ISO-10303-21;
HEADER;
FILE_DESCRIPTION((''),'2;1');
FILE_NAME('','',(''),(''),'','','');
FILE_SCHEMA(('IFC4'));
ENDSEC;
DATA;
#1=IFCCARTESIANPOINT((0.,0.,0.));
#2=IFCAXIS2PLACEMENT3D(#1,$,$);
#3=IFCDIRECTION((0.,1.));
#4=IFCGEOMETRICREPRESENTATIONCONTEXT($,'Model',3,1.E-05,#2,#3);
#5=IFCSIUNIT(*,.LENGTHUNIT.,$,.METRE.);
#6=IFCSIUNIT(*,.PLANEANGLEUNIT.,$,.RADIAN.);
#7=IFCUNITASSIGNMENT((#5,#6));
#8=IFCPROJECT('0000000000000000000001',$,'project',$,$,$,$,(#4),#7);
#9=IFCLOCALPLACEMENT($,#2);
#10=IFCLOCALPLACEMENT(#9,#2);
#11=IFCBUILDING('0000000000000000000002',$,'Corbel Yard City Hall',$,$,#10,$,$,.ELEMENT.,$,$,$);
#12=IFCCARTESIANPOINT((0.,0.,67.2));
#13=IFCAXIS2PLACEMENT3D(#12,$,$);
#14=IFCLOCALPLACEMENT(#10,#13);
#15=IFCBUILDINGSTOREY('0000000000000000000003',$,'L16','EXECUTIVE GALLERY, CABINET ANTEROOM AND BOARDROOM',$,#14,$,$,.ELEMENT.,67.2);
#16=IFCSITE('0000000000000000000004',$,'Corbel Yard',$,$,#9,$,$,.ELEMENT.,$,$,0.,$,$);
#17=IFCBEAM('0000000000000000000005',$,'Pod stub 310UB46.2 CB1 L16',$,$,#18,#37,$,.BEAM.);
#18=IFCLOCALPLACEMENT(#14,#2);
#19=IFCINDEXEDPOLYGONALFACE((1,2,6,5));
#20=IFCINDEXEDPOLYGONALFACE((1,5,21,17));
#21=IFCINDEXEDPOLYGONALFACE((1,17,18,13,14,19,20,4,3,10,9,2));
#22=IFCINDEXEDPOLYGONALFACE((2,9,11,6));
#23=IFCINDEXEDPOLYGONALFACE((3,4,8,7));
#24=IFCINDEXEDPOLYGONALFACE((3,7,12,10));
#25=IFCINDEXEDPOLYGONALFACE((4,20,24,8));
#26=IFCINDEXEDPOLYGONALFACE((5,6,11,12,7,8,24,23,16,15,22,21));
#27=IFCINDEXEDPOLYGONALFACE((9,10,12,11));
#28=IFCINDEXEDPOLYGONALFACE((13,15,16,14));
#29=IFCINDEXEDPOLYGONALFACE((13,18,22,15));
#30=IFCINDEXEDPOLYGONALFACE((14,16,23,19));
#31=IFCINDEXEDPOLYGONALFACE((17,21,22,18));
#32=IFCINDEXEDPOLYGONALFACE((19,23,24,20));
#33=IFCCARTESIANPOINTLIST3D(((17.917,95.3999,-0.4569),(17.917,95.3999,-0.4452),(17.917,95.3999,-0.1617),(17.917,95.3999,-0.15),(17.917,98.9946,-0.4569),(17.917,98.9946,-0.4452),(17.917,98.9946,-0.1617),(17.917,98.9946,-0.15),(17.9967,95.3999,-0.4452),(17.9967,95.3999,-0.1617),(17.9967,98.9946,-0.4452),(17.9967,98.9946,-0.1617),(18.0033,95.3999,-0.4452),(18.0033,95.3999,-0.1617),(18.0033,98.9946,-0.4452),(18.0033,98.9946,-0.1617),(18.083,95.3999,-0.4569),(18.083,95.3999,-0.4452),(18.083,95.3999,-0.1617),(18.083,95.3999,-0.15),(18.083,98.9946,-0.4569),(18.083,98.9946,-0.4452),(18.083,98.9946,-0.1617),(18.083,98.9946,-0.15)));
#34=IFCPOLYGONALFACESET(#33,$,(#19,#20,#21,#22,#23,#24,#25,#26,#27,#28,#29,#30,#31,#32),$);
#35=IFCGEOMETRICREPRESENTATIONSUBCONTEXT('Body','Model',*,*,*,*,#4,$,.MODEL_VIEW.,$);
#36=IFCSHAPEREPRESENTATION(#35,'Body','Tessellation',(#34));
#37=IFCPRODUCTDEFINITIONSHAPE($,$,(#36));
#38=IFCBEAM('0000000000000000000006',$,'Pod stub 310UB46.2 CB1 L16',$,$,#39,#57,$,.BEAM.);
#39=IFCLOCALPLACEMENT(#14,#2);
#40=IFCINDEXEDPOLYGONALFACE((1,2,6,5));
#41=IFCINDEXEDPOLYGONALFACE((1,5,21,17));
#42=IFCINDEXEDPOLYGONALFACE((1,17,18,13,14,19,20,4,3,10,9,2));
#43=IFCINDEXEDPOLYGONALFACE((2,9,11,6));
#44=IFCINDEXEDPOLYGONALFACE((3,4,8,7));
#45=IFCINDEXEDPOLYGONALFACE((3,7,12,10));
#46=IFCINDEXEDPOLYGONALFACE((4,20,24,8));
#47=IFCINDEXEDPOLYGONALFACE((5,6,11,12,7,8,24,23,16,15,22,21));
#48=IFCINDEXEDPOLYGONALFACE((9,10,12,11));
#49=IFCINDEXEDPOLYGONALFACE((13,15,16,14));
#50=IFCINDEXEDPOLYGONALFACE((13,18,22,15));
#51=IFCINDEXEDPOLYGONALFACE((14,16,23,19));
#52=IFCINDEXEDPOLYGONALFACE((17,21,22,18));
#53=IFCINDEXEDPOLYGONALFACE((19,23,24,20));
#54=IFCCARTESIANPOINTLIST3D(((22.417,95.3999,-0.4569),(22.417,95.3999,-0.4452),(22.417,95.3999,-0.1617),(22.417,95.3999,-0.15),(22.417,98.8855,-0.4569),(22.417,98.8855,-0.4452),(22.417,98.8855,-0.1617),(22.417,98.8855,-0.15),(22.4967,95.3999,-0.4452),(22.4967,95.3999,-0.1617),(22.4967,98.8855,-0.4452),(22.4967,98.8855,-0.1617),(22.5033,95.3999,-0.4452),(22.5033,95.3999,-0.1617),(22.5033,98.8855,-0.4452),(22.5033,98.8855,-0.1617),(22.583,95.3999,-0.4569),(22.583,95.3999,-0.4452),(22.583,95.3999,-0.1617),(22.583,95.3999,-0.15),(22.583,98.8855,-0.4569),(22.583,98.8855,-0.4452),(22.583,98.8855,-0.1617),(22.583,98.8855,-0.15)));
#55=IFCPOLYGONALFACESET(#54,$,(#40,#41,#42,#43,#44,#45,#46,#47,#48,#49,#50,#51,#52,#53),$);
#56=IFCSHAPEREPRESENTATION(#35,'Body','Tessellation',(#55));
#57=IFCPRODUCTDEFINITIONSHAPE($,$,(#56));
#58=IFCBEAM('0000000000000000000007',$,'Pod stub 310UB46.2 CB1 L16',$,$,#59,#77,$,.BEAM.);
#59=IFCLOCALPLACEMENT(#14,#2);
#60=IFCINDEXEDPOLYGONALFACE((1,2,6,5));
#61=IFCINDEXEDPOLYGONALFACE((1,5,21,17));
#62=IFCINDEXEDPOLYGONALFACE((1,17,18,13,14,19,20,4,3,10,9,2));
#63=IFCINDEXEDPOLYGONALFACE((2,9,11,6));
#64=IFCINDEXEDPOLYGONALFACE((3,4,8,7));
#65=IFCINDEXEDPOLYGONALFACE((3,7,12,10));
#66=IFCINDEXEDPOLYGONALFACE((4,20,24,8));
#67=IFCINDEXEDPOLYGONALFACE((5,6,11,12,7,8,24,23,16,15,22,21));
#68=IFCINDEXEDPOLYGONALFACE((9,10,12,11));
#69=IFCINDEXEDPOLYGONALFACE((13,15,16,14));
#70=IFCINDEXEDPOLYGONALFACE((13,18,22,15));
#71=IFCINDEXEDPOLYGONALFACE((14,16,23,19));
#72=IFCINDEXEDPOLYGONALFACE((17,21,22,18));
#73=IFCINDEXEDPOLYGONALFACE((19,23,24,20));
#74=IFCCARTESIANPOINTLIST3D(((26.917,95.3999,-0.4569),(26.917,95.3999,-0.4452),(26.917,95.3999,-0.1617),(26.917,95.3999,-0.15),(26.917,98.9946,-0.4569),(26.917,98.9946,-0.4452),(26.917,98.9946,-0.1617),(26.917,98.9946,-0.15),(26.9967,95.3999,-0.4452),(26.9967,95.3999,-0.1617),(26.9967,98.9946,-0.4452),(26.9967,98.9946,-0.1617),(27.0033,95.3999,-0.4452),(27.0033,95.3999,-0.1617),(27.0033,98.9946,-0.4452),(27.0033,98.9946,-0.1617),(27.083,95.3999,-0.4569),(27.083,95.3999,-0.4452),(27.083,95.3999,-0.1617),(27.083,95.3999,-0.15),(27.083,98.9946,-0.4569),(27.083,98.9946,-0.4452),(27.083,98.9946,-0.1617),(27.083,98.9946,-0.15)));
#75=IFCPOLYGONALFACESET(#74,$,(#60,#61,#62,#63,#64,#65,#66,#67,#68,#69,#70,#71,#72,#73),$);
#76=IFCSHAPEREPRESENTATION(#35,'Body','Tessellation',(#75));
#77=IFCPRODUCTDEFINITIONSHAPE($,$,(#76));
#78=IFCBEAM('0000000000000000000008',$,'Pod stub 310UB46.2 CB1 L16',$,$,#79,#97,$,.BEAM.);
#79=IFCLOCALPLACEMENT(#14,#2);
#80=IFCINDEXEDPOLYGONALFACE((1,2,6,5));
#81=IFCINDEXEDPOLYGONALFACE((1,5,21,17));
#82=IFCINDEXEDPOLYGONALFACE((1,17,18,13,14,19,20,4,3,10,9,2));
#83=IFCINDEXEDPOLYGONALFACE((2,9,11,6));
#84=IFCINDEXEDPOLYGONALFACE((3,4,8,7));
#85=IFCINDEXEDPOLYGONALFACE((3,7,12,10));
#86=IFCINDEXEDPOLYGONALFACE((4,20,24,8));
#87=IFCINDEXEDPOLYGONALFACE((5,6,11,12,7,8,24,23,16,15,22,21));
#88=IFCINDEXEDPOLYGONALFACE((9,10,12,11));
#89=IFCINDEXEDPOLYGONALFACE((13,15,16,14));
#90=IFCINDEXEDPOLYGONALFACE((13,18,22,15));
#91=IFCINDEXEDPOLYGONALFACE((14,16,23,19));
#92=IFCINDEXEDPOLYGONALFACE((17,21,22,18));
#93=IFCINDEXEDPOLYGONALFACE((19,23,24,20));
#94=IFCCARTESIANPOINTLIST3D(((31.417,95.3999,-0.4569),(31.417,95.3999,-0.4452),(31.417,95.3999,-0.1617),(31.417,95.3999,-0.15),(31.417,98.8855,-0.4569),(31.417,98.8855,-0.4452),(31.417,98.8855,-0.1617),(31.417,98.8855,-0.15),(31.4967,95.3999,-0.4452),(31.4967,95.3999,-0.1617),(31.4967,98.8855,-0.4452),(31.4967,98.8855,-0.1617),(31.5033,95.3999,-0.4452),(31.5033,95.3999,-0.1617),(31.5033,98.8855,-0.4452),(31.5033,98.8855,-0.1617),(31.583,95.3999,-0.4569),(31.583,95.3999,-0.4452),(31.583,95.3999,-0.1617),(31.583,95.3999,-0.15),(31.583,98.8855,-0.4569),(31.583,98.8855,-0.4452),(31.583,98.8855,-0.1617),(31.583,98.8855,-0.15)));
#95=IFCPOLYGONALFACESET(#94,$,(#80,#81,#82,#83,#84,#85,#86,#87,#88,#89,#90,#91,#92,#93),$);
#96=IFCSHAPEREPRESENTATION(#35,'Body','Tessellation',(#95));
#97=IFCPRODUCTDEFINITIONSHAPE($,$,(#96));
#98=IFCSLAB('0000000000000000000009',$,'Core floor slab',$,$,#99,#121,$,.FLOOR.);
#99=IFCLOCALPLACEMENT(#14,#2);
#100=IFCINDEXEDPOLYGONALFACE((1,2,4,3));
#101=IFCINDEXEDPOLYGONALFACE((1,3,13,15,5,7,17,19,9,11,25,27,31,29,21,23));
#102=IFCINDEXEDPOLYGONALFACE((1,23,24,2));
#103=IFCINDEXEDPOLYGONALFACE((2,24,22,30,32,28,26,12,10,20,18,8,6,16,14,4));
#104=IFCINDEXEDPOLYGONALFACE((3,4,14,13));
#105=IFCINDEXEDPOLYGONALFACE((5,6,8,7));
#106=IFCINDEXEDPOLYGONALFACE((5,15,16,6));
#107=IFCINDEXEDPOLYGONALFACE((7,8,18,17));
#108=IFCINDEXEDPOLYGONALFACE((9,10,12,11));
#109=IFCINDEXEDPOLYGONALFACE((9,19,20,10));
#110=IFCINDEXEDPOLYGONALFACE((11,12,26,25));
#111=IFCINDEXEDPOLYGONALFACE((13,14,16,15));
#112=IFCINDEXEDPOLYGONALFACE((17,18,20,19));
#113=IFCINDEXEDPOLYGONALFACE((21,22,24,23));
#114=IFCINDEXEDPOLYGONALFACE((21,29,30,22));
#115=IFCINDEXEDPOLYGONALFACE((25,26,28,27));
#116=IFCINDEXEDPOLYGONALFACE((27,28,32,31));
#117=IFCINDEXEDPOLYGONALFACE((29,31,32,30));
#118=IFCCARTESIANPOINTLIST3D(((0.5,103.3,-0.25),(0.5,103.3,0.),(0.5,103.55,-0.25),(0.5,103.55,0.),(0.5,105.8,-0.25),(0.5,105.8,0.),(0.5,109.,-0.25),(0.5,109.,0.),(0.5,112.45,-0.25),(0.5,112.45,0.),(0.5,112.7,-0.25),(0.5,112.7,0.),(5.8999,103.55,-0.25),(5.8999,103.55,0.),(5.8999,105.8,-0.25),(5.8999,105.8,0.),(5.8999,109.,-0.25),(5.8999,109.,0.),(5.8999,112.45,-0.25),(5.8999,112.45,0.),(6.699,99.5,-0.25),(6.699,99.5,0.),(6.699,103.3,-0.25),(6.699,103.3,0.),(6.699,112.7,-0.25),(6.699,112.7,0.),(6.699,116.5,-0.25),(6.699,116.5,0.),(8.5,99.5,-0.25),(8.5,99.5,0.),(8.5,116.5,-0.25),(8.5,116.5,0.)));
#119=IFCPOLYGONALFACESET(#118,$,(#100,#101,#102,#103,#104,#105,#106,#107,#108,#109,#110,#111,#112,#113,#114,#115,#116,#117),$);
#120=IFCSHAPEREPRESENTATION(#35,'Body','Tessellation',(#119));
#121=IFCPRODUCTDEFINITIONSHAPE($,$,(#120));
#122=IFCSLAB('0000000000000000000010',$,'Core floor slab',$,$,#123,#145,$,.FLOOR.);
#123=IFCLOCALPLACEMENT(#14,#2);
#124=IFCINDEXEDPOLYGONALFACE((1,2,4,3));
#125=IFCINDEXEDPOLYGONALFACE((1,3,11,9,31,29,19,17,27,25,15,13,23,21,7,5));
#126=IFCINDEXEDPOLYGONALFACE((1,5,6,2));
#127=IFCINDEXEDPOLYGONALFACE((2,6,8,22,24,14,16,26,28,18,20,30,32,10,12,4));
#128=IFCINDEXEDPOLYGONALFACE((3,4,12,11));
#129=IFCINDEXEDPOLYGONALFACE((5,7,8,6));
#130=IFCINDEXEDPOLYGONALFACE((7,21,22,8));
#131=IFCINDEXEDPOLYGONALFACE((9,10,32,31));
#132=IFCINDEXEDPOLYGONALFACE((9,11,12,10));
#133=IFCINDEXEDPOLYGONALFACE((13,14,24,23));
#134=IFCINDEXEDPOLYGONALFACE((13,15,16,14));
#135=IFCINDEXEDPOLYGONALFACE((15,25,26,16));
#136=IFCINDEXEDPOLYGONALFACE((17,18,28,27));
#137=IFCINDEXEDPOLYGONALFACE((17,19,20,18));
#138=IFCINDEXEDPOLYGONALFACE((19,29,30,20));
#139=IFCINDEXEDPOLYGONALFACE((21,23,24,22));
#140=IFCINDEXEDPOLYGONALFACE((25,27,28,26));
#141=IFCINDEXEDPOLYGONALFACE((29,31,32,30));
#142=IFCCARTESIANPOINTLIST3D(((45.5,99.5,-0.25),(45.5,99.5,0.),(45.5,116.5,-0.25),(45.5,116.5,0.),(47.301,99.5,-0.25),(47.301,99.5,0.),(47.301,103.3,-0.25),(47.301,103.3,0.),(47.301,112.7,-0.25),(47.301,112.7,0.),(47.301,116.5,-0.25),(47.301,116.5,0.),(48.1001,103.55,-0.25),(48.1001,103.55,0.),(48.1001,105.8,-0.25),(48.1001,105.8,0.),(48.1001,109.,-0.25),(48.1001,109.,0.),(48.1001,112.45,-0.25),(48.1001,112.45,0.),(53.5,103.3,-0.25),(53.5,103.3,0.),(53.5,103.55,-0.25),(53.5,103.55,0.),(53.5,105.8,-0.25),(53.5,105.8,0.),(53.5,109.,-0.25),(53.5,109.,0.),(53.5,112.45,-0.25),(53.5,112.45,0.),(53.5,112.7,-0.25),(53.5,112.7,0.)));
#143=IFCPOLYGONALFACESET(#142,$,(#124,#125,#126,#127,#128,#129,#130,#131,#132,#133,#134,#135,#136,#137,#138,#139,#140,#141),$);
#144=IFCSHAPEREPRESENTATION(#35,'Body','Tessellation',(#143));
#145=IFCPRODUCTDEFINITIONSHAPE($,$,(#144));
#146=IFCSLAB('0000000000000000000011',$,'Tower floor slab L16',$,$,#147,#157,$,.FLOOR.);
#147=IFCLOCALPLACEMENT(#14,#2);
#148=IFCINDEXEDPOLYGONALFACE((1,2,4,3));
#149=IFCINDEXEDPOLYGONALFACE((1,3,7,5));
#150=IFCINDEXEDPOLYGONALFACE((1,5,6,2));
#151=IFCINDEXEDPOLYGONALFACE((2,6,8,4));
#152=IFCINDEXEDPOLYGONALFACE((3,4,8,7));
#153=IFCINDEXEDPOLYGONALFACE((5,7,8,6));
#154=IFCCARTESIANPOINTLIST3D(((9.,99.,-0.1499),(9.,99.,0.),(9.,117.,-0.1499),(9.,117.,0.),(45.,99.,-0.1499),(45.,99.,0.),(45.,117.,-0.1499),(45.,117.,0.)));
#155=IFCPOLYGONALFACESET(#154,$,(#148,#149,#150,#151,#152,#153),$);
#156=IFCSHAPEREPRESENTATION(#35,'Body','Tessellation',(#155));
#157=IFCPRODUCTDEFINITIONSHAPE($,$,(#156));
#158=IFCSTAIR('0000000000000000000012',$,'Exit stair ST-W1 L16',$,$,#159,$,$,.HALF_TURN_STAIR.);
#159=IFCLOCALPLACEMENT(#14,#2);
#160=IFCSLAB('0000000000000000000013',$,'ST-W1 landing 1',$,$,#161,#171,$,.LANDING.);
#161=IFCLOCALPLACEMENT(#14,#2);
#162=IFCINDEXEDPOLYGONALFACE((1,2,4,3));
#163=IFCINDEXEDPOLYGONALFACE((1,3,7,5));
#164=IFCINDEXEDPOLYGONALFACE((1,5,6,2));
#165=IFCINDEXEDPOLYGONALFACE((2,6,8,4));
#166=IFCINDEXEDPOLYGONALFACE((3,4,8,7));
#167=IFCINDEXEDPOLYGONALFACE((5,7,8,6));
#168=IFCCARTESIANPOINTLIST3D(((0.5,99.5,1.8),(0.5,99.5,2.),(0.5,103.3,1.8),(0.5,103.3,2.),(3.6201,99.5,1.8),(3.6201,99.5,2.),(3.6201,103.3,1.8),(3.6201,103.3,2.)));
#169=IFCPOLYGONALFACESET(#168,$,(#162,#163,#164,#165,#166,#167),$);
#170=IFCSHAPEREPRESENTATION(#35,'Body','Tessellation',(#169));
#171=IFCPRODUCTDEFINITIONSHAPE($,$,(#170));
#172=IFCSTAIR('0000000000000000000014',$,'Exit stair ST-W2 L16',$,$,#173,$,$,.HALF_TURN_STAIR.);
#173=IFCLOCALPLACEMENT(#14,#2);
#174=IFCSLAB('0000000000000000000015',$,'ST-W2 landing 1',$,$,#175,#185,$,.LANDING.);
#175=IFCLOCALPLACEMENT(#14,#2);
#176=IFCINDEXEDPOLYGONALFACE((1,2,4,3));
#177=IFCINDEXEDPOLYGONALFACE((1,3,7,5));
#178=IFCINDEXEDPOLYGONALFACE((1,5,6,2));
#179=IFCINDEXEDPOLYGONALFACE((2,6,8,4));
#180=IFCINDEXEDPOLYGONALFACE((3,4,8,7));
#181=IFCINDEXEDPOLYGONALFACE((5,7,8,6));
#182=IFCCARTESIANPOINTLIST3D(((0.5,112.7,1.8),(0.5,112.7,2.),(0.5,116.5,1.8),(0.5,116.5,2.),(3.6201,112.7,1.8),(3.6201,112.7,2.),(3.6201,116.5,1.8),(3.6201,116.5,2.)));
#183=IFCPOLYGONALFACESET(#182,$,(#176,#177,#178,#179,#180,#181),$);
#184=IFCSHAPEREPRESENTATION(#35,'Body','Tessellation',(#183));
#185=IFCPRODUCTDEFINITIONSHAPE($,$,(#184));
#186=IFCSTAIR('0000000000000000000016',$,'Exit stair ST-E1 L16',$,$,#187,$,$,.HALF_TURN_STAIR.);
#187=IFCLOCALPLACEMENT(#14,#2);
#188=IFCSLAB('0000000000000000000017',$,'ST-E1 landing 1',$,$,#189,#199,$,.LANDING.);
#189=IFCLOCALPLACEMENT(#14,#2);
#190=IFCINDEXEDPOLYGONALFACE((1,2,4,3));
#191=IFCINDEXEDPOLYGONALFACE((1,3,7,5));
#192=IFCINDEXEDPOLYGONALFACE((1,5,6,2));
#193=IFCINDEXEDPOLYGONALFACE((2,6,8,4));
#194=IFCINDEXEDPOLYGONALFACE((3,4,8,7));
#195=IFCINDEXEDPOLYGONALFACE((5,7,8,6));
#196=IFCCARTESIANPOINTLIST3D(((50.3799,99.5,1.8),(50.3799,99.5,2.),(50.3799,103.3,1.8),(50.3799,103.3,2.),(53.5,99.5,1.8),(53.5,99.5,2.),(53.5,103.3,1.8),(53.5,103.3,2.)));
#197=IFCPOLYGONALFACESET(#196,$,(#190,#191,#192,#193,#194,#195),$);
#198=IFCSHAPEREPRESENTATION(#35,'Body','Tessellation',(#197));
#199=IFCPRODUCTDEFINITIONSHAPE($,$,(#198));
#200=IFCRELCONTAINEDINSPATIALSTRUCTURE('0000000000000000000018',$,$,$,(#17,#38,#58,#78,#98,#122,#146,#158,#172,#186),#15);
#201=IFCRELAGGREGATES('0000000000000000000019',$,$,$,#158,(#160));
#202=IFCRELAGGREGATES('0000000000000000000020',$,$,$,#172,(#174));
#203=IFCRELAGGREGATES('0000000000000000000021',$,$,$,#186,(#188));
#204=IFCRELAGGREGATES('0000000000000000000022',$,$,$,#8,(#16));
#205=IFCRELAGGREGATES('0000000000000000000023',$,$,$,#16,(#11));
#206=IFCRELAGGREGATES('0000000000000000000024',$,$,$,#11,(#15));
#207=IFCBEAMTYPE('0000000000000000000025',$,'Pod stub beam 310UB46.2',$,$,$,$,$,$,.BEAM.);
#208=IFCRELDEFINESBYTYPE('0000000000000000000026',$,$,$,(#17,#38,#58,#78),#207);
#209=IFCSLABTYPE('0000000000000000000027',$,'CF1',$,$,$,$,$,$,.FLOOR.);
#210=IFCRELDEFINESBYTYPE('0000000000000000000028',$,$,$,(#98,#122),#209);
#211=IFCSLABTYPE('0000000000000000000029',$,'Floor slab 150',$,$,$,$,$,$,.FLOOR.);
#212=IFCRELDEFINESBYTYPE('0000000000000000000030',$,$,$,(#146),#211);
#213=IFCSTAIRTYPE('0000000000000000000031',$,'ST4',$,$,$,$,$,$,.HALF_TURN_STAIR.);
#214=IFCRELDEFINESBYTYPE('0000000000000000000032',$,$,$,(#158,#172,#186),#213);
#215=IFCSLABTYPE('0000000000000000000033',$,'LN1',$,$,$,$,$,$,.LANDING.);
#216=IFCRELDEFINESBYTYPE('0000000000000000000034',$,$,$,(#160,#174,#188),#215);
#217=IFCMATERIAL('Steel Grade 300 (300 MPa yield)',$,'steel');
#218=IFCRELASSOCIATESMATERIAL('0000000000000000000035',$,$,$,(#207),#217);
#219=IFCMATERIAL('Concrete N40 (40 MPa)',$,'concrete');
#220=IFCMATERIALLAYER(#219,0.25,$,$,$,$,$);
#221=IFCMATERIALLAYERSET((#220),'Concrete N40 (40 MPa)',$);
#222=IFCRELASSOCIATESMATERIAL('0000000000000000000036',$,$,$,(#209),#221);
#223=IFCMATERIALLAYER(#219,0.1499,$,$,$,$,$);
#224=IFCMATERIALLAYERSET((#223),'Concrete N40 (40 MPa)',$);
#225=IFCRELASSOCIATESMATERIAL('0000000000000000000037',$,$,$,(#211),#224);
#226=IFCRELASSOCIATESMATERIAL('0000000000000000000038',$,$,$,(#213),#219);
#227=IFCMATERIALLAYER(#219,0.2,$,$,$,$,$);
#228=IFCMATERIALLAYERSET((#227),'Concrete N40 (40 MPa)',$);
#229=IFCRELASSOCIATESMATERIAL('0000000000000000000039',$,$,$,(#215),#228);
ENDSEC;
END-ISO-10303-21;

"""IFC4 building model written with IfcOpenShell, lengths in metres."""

from ifc_helpers import new_model, si_unit, direction, frame, origin, origin_2d, place, context, subcontext, project, spatial, polyline, i_section, outline, extrude, material, layer, layer_set, material_profile, profile_set, type_object, element, aggregate, save


model = new_model("IFC4")

# Units and contexts
model_context = context("Model", 3, precision=1e-05, world=origin(), true_north=direction((0.0, 1.0)))
body_context = subcontext(model_context, "Body", "Model", "MODEL_VIEW")
ifc_project = project(units=[si_unit("LENGTHUNIT", "METRE"), si_unit("PLANEANGLEUNIT", "RADIAN")], contexts=[model_context])

# Site, building, storey
site_placement = place(None, origin())
site = spatial("IfcSite", under=ifc_project, at=site_placement, Name="Corbel Yard", CompositionType="ELEMENT", RefElevation=0.0)
building_placement = place(site_placement, origin())
building = spatial("IfcBuilding", under=site, at=building_placement, Name="Corbel Yard City Hall", CompositionType="ELEMENT")
storey_placement = place(building_placement, frame((0.0, 0.0, 67.2)))
storey = spatial("IfcBuildingStorey", under=building, at=storey_placement, Name="L16", Description="EXECUTIVE GALLERY, CABINET ANTEROOM AND BOARDROOM", CompositionType="ELEMENT", Elevation=67.2)

# Beams
ifc_material_1 = material(Name="Steel Grade 300 (300 MPa yield)", Category="steel")
ifc_material_profile = material_profile(ifc_material_1, i_section(OverallWidth=0.166, OverallDepth=0.3069, WebThickness=0.0066, FlangeThickness=0.0117, at=origin_2d()), Name="310UB46.2")
ifc_profile_set = profile_set([ifc_material_profile], Name="Steel Grade 300 (300 MPa yield)")
beam_type = type_object("IfcBeamType", Name="Pod stub beam 310UB46.2", PredefinedType="BEAM", material=ifc_profile_set)
beam_1_placement = place(storey_placement, frame((18.0, 95.3999, -0.3035), z_axis=(0.0, 1.0, 0.0), x_axis=(-1.0, 0.0, 0.0)))
element("IfcBeam", 1, at=beam_1_placement, inside=storey, type_object=beam_type, Name="Pod stub 310UB46.2 CB1 L16", PredefinedType="BEAM", context=body_context, shape_type="SweptSolid", body=[
    extrude(i_section(OverallWidth=0.166, OverallDepth=0.3069, WebThickness=0.0066, FlangeThickness=0.0117, at=origin_2d()), origin(), (0.0, 0.0, 1.0), 3.5947),
])
beam_2_placement = place(storey_placement, frame((22.5, 95.3999, -0.3035), z_axis=(0.0, 1.0, 0.0), x_axis=(-1.0, 0.0, 0.0)))
element("IfcBeam", 2, at=beam_2_placement, inside=storey, type_object=beam_type, Name="Pod stub 310UB46.2 CB1 L16", PredefinedType="BEAM", context=body_context, shape_type="SweptSolid", body=[
    extrude(i_section(OverallWidth=0.166, OverallDepth=0.3069, WebThickness=0.0066, FlangeThickness=0.0117, at=origin_2d()), origin(), (0.0, 0.0, 1.0), 3.4856),
])
beam_3_placement = place(storey_placement, frame((27.0, 95.3999, -0.3035), z_axis=(0.0, 1.0, 0.0), x_axis=(-1.0, 0.0, 0.0)))
element("IfcBeam", 3, at=beam_3_placement, inside=storey, type_object=beam_type, Name="Pod stub 310UB46.2 CB1 L16", PredefinedType="BEAM", context=body_context, shape_type="SweptSolid", body=[
    extrude(i_section(OverallWidth=0.166, OverallDepth=0.3069, WebThickness=0.0066, FlangeThickness=0.0117, at=origin_2d()), origin(), (0.0, 0.0, 1.0), 3.5947),
])
beam_4_placement = place(storey_placement, frame((31.5, 95.3999, -0.3035), z_axis=(0.0, 1.0, 0.0), x_axis=(-1.0, 0.0, 0.0)))
element("IfcBeam", 4, at=beam_4_placement, inside=storey, type_object=beam_type, Name="Pod stub 310UB46.2 CB1 L16", PredefinedType="BEAM", context=body_context, shape_type="SweptSolid", body=[
    extrude(i_section(OverallWidth=0.166, OverallDepth=0.3069, WebThickness=0.0066, FlangeThickness=0.0117, at=origin_2d()), origin(), (0.0, 0.0, 1.0), 3.4856),
])

# Slabs
ifc_material_2 = material(Name="Concrete N40 (40 MPa)", Category="concrete")
ifc_layer_1 = layer(ifc_material_2, 0.25)
ifc_layer_set_1 = layer_set([ifc_layer_1], Name="Concrete N40 (40 MPa)")
slab_type_1 = type_object("IfcSlabType", Name="CF1", PredefinedType="FLOOR", material=ifc_layer_set_1)
slab_1_placement = place(storey_placement, frame((0.0, 0.0, -0.25)))
element("IfcSlab", 5, at=slab_1_placement, inside=storey, type_object=slab_type_1, Name="Core floor slab", PredefinedType="FLOOR", context=body_context, shape_type="SweptSolid", body=[
    extrude(outline(polyline([(8.5, 116.5), (6.699, 116.5), (6.699, 112.7), (0.5, 112.7), (0.5, 112.45), (5.8999, 112.45), (5.8999, 109.0), (0.5, 109.0), (0.5, 105.8), (5.8999, 105.8), (5.8999, 103.55), (0.5, 103.55), (0.5, 103.3), (6.699, 103.3), (6.699, 99.5), (8.5, 99.5), (8.5, 116.5)])), origin(), (0.0, 0.0, 1.0), 0.25),
])
slab_2_placement = place(storey_placement, frame((0.0, 0.0, -0.25)))
element("IfcSlab", 6, at=slab_2_placement, inside=storey, type_object=slab_type_1, Name="Core floor slab", PredefinedType="FLOOR", context=body_context, shape_type="SweptSolid", body=[
    extrude(outline(polyline([(53.5, 103.3), (53.5, 103.55), (48.1001, 103.55), (48.1001, 105.8), (53.5, 105.8), (53.5, 109.0), (48.1001, 109.0), (48.1001, 112.45), (53.5, 112.45), (53.5, 112.7), (47.301, 112.7), (47.301, 116.5), (45.5, 116.5), (45.5, 99.5), (47.301, 99.5), (47.301, 103.3), (53.5, 103.3)])), origin(), (0.0, 0.0, 1.0), 0.25),
])
ifc_layer_2 = layer(ifc_material_2, 0.1499)
ifc_layer_set_2 = layer_set([ifc_layer_2], Name="Concrete N40 (40 MPa)")
slab_type_2 = type_object("IfcSlabType", Name="Floor slab 150", PredefinedType="FLOOR", material=ifc_layer_set_2)
slab_3_placement = place(storey_placement, frame((0.0, 0.0, -0.1499)))
element("IfcSlab", 7, at=slab_3_placement, inside=storey, type_object=slab_type_2, Name="Tower floor slab L16", PredefinedType="FLOOR", context=body_context, shape_type="SweptSolid", body=[
    extrude(outline(polyline([(45.0, 99.0), (45.0, 117.0), (9.0, 117.0), (9.0, 99.0), (45.0, 99.0)])), origin(), (0.0, 0.0, 1.0), 0.1499),
])

# Stairs, slabs
stair_type = type_object("IfcStairType", Name="ST4", PredefinedType="HALF_TURN_STAIR", material=ifc_material_2)
stair_1_placement = place(storey_placement, origin())
stair_1 = element("IfcStair", 8, at=stair_1_placement, inside=storey, type_object=stair_type, Name="Exit stair ST-W1 L16", PredefinedType="HALF_TURN_STAIR")
ifc_layer_3 = layer(ifc_material_2, 0.2)
ifc_layer_set_3 = layer_set([ifc_layer_3], Name="Concrete N40 (40 MPa)")
slab_type_3 = type_object("IfcSlabType", Name="LN1", PredefinedType="LANDING", material=ifc_layer_set_3)
slab_4_placement = place(storey_placement, frame((0.0, 0.0, 1.8)))
slab_4 = element("IfcSlab", 9, at=slab_4_placement, type_object=slab_type_3, Name="ST-W1 landing 1", PredefinedType="LANDING", context=body_context, shape_type="SweptSolid", body=[
    extrude(outline(polyline([(0.5, 99.5), (3.6201, 99.5), (3.6201, 103.3), (0.5, 103.3), (0.5, 99.5)])), origin(), (0.0, 0.0, 1.0), 0.2),
])
aggregate(stair_1, [slab_4])
stair_2_placement = place(storey_placement, origin())
stair_2 = element("IfcStair", 10, at=stair_2_placement, inside=storey, type_object=stair_type, Name="Exit stair ST-W2 L16", PredefinedType="HALF_TURN_STAIR")
slab_5_placement = place(storey_placement, frame((0.0, 0.0, 1.8)))
slab_5 = element("IfcSlab", 11, at=slab_5_placement, type_object=slab_type_3, Name="ST-W2 landing 1", PredefinedType="LANDING", context=body_context, shape_type="SweptSolid", body=[
    extrude(outline(polyline([(0.5, 112.7), (3.6201, 112.7), (3.6201, 116.5), (0.5, 116.5), (0.5, 112.7)])), origin(), (0.0, 0.0, 1.0), 0.2),
])
aggregate(stair_2, [slab_5])
stair_3_placement = place(storey_placement, origin())
stair_3 = element("IfcStair", 12, at=stair_3_placement, inside=storey, type_object=stair_type, Name="Exit stair ST-E1 L16", PredefinedType="HALF_TURN_STAIR")
slab_6_placement = place(storey_placement, frame((0.0, 0.0, 1.8)))
slab_6 = element("IfcSlab", 13, at=slab_6_placement, type_object=slab_type_3, Name="ST-E1 landing 1", PredefinedType="LANDING", context=body_context, shape_type="SweptSolid", body=[
    extrude(outline(polyline([(50.3799, 99.5), (53.5, 99.5), (53.5, 103.3), (50.3799, 103.3), (50.3799, 99.5)])), origin(), (0.0, 0.0, 1.0), 0.2),
])
aggregate(stair_3, [slab_6])

save(model, "model.ifc")
